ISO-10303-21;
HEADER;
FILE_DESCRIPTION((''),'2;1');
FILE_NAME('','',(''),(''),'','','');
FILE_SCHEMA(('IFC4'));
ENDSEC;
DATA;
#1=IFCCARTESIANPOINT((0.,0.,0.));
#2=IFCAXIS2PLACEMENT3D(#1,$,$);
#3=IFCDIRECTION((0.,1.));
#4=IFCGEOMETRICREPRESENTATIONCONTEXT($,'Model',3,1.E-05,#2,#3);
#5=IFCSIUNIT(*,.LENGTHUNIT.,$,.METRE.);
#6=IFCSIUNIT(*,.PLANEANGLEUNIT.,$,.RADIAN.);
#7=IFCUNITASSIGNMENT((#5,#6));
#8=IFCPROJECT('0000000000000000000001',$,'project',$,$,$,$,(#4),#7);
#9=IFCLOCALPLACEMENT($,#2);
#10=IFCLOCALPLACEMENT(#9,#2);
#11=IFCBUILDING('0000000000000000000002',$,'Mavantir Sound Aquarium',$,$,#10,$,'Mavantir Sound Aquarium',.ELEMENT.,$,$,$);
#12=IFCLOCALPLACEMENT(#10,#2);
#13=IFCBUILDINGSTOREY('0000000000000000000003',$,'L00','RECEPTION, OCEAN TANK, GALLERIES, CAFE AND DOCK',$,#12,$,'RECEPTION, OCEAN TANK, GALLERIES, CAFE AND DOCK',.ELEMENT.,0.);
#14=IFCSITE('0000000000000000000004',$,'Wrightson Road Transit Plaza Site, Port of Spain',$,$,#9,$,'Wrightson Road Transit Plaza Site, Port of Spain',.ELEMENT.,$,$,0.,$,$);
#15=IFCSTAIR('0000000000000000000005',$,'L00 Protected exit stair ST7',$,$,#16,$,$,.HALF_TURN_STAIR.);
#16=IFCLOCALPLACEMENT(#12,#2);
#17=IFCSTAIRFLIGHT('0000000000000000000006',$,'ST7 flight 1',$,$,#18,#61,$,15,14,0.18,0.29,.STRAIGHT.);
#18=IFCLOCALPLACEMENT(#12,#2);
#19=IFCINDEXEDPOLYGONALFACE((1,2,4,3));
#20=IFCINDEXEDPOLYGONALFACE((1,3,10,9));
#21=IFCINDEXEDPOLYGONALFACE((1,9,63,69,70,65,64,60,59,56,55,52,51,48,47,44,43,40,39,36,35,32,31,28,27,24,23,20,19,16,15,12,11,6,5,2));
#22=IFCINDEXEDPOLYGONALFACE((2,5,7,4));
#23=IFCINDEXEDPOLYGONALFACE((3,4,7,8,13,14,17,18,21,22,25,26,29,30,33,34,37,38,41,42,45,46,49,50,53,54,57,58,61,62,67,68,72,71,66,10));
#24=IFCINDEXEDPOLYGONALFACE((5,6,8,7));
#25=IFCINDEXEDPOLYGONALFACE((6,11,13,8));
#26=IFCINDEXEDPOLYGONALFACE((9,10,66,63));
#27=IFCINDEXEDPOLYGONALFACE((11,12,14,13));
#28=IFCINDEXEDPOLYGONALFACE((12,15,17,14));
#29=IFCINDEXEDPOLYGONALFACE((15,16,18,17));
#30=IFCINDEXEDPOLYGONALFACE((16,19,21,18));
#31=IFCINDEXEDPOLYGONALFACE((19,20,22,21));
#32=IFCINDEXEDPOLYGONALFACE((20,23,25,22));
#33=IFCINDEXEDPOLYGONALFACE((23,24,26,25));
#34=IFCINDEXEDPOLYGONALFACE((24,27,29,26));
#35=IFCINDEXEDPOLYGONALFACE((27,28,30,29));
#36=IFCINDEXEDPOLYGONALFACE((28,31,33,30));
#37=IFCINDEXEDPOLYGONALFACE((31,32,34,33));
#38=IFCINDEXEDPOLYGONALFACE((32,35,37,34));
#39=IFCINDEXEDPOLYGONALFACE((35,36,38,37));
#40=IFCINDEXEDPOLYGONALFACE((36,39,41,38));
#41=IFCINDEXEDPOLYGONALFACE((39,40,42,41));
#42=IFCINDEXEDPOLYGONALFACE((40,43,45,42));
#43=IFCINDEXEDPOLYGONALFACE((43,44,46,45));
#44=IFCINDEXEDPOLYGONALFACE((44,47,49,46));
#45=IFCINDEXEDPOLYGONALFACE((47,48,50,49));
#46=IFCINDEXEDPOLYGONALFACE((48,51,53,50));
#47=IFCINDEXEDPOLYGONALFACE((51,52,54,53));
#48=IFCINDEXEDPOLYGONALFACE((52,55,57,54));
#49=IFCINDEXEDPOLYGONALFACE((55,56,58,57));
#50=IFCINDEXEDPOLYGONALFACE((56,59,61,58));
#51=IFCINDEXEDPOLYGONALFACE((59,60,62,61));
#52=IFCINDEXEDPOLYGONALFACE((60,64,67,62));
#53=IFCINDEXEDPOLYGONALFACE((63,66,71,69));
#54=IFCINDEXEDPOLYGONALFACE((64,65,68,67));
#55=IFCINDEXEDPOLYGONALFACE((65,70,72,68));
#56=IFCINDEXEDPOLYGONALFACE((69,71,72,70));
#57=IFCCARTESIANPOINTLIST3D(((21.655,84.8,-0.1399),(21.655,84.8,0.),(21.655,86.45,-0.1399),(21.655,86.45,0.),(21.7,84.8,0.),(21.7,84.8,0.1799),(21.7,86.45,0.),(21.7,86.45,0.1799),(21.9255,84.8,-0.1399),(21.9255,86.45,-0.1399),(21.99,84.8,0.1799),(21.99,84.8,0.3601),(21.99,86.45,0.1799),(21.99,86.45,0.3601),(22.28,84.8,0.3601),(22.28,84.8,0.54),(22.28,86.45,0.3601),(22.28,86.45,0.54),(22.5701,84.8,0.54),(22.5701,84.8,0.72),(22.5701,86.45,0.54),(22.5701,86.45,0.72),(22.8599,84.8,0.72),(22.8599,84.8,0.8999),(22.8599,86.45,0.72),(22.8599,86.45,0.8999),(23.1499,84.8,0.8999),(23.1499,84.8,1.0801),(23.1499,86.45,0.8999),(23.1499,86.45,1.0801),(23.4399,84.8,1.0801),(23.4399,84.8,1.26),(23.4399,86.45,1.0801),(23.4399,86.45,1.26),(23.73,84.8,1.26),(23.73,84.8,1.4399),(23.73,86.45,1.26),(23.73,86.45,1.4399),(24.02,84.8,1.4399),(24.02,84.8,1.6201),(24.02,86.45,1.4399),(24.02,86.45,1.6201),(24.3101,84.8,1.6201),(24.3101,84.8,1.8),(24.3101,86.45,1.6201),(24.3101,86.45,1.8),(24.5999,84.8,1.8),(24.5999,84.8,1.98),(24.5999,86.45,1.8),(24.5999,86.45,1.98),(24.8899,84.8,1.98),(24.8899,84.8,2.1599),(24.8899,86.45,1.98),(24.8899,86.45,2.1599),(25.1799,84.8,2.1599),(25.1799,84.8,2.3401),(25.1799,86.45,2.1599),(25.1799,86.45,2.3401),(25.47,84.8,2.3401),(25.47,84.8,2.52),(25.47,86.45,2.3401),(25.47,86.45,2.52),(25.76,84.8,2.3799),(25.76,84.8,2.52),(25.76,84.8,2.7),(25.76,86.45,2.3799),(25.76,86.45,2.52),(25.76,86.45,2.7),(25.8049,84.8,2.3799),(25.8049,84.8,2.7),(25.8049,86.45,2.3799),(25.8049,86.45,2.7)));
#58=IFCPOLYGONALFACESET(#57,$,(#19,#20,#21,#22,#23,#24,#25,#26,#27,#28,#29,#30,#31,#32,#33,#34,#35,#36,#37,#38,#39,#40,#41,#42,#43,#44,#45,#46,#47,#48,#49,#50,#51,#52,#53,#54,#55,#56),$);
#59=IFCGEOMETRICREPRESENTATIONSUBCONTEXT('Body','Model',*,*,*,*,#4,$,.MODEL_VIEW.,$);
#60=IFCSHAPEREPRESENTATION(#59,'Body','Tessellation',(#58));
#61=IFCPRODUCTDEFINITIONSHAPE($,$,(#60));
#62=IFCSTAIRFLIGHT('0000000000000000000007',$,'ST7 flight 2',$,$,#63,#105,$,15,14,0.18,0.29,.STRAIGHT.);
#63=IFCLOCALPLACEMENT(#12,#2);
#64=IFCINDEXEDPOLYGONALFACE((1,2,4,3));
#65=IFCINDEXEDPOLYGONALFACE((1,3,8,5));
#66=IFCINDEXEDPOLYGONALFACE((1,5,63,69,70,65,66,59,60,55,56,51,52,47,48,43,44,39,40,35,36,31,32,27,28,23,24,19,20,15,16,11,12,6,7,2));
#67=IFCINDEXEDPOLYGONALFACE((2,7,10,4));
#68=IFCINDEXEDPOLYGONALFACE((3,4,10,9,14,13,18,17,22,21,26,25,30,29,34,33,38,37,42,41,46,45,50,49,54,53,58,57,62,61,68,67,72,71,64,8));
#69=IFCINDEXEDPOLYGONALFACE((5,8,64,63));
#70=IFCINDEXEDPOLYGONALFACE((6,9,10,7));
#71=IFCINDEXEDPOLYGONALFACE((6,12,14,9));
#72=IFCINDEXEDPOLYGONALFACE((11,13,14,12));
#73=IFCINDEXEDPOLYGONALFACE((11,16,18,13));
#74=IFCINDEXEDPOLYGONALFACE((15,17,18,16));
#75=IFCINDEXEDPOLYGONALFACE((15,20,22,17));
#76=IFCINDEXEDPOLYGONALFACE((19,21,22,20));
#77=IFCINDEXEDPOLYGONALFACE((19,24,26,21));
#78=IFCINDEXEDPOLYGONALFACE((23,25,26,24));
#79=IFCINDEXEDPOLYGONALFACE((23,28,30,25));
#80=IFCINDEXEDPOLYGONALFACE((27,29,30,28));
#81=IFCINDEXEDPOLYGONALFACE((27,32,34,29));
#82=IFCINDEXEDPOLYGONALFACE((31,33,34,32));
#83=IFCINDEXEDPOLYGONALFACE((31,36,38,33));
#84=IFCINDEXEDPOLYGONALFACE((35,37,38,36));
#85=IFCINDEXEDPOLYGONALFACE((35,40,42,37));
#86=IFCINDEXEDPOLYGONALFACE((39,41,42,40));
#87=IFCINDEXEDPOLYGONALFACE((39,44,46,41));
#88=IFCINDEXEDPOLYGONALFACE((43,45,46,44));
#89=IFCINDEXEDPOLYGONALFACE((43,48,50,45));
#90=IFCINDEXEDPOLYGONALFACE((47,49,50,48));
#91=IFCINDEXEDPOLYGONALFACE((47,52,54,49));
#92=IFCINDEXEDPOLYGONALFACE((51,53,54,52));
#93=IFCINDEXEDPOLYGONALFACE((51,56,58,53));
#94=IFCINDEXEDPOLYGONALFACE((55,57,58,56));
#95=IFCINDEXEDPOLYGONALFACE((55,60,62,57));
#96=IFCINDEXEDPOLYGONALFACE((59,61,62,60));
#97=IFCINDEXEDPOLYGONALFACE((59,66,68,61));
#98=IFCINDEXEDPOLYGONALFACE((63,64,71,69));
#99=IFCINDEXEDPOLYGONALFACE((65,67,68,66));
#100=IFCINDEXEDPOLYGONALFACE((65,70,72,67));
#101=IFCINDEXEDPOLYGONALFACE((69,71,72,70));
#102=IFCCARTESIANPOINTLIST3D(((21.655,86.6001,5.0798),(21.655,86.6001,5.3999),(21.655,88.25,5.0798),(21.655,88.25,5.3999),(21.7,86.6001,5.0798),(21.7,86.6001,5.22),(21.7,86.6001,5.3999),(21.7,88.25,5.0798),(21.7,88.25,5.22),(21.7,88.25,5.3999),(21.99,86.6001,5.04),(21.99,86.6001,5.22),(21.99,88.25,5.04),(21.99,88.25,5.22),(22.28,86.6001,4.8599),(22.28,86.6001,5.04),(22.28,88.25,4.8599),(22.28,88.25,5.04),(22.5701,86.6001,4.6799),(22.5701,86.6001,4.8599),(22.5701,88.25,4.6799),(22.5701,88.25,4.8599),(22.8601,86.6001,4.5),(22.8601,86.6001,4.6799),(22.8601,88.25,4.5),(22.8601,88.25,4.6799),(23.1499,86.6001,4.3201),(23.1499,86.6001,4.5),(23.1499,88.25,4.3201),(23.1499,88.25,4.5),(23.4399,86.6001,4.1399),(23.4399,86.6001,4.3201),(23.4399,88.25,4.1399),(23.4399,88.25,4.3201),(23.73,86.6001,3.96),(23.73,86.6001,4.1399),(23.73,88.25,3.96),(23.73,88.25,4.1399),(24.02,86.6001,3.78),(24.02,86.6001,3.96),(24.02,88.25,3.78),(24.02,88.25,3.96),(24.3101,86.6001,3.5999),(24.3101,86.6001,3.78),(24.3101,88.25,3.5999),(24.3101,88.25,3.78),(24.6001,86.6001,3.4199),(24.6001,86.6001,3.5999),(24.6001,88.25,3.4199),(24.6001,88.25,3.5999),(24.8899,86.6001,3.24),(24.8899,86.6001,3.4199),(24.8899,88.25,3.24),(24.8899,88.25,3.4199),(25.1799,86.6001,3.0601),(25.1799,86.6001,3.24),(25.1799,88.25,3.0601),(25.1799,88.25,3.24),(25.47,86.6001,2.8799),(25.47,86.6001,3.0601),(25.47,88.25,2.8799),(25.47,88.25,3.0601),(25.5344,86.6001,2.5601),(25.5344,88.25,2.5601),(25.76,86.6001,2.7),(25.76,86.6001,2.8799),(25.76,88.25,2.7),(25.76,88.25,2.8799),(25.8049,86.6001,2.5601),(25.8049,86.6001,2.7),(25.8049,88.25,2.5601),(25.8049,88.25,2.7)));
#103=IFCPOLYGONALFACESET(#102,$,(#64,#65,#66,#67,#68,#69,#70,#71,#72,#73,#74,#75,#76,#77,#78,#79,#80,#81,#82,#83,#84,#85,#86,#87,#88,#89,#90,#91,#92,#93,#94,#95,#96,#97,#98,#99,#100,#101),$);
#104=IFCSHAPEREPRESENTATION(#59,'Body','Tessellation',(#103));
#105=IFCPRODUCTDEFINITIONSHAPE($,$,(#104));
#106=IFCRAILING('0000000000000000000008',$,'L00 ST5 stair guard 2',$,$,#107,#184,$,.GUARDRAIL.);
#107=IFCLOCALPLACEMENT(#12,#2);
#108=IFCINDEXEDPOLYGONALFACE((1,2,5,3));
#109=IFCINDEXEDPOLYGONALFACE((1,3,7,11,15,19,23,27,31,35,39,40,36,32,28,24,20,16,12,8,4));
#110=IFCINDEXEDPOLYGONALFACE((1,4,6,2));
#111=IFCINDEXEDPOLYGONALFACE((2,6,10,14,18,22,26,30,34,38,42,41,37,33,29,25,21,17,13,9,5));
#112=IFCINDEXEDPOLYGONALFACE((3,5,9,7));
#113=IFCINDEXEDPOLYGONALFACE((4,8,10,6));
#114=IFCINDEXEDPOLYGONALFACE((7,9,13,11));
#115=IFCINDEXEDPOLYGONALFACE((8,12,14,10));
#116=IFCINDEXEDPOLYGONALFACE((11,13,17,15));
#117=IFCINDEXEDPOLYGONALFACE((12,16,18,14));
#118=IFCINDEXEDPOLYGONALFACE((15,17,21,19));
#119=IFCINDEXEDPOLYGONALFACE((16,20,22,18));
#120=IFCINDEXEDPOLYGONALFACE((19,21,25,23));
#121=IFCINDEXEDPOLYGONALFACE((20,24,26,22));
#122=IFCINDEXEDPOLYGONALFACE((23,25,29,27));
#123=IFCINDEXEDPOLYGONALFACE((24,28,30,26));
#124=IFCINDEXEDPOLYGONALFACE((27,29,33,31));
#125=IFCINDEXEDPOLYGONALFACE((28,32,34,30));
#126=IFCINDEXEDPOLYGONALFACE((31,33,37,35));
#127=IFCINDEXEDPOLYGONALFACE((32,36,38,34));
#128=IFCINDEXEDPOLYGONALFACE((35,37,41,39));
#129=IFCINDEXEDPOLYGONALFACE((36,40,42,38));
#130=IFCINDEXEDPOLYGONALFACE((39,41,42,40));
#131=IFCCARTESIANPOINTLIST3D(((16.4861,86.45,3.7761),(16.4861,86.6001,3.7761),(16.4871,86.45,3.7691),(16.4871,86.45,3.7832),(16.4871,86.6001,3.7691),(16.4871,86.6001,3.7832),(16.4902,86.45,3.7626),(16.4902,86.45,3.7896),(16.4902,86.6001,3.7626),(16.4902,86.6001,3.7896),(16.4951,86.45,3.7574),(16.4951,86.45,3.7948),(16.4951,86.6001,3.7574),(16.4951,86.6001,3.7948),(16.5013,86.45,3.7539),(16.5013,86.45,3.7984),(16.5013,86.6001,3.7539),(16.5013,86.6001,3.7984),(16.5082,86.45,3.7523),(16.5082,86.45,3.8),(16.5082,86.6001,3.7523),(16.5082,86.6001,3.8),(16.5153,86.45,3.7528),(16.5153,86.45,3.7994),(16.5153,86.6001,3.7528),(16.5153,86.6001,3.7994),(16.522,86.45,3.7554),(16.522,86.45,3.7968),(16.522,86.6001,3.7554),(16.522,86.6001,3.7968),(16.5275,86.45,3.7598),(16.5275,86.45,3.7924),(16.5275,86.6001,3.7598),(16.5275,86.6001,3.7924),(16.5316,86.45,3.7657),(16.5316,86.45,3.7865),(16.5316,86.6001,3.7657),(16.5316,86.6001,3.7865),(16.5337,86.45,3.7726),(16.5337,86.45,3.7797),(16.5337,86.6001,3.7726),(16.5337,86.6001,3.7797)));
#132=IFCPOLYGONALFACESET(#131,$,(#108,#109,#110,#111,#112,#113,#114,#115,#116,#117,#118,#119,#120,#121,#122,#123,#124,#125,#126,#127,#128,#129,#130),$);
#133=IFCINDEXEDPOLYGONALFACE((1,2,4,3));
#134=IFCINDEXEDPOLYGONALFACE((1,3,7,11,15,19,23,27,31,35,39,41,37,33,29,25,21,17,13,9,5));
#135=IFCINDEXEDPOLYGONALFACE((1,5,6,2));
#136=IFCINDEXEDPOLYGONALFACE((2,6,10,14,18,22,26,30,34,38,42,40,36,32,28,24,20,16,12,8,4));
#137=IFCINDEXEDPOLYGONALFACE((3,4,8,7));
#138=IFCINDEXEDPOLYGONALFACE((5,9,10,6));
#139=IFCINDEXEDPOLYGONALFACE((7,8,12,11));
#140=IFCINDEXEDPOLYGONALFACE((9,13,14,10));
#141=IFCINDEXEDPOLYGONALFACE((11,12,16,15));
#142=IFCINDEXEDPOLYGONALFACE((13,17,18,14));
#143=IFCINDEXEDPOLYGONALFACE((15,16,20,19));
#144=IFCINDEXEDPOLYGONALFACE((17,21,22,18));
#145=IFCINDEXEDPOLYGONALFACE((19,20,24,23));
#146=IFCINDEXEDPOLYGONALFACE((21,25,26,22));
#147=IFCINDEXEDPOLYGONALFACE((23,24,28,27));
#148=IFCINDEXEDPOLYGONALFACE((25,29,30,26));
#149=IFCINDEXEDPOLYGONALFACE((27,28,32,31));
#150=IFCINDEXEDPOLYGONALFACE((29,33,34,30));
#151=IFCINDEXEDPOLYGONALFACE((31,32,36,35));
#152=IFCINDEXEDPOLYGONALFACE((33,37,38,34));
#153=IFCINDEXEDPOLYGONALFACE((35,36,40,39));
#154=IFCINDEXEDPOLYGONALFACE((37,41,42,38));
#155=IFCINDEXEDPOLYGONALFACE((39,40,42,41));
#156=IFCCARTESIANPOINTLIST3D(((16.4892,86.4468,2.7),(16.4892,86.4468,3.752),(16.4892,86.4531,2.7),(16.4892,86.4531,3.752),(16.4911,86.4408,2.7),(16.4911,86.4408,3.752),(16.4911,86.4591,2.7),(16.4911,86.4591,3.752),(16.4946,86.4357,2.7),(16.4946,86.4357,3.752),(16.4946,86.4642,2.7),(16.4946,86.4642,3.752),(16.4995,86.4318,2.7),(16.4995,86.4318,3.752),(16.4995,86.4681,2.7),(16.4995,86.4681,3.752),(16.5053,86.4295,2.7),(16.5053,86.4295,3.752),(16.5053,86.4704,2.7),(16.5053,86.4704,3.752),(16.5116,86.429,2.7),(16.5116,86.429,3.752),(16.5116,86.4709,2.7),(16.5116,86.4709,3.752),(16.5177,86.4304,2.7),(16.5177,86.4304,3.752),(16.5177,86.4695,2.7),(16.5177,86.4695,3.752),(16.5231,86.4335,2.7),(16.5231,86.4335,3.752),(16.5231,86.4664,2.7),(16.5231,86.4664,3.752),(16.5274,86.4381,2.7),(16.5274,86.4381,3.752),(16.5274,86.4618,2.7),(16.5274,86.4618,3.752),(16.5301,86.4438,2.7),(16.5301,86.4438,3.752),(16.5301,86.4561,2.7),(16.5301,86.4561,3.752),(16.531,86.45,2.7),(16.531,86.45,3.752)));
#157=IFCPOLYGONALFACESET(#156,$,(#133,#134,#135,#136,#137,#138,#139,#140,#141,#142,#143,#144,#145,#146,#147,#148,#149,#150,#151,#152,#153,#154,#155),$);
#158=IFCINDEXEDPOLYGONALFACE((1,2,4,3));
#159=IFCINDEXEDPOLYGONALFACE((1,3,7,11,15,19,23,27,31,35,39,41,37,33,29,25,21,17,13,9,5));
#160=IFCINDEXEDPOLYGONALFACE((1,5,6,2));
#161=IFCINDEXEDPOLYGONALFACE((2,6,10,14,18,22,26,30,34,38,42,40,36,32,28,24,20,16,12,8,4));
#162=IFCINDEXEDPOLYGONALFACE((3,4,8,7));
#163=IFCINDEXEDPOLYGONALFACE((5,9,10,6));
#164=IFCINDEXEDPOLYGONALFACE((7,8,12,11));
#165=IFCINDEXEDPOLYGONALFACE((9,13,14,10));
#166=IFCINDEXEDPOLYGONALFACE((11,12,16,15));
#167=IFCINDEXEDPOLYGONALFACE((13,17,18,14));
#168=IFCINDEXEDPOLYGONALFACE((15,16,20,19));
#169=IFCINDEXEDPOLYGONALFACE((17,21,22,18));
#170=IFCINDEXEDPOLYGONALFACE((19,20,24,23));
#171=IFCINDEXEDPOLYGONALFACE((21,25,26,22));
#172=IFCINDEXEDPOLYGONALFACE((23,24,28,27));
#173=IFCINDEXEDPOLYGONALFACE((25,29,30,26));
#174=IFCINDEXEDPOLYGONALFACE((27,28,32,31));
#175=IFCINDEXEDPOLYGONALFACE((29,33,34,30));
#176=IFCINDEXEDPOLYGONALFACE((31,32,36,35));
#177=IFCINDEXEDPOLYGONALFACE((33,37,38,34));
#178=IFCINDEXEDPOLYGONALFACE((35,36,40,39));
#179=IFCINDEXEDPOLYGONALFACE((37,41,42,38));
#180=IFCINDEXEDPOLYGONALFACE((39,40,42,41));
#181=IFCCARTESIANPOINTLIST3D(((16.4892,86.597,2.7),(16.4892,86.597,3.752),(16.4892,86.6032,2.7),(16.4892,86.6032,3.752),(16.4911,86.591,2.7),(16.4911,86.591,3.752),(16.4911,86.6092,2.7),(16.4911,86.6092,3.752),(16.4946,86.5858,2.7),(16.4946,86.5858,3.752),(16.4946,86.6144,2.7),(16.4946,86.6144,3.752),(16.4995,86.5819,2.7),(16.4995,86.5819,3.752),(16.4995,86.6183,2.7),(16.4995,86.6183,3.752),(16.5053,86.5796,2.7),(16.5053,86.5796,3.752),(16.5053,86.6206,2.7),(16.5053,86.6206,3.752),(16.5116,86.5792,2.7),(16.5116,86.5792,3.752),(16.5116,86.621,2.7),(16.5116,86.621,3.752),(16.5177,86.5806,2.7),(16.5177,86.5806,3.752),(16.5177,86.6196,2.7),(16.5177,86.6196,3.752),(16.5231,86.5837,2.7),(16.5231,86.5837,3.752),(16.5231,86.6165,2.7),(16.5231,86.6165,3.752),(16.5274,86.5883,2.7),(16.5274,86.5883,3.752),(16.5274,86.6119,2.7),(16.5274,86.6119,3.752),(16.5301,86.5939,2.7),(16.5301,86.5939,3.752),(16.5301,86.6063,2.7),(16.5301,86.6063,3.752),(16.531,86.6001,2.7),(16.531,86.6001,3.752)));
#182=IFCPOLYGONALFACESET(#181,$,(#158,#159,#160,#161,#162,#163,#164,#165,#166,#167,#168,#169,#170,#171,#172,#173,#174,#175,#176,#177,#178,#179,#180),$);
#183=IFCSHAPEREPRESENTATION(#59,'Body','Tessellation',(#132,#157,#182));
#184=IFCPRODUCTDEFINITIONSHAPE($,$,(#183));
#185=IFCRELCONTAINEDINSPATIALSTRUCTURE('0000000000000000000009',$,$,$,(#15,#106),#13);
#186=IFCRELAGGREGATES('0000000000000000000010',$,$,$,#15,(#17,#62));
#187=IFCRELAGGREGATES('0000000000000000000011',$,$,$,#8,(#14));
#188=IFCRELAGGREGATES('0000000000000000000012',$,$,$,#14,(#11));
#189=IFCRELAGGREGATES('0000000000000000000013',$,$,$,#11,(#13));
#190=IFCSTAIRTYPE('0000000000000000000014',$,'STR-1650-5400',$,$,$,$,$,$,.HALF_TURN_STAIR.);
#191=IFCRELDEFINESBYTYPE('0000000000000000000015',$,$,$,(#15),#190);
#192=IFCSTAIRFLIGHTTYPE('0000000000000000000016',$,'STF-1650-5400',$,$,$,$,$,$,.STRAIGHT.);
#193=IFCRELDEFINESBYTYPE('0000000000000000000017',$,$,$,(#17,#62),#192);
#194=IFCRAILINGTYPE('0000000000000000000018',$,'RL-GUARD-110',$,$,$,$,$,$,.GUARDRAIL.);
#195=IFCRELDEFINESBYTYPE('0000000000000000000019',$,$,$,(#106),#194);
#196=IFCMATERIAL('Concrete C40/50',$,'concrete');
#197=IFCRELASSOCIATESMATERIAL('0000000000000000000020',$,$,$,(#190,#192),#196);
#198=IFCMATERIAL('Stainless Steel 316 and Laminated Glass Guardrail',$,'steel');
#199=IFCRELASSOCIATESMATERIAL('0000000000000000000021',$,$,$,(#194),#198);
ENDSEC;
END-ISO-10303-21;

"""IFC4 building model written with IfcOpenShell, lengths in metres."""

from ifc_helpers import new_model, si_unit, direction, frame, origin, origin_2d, place, context, subcontext, project, spatial, polyline, circle, outline, extrude, material, type_object, element, aggregate, save


model = new_model("IFC4")

# Units and contexts
model_context = context("Model", 3, precision=1e-05, world=origin(), true_north=direction((0.0, 1.0)))
body_context = subcontext(model_context, "Body", "Model", "MODEL_VIEW")
ifc_project = project(units=[si_unit("LENGTHUNIT", "METRE"), si_unit("PLANEANGLEUNIT", "RADIAN")], contexts=[model_context])

# Site, building, storey
site_placement = place(None, origin())
site = spatial("IfcSite", under=ifc_project, at=site_placement, Name="Wrightson Road Transit Plaza Site, Port of Spain", LongName="Wrightson Road Transit Plaza Site, Port of Spain", CompositionType="ELEMENT", RefElevation=0.0)
building_placement = place(site_placement, origin())
building = spatial("IfcBuilding", under=site, at=building_placement, Name="Mavantir Sound Aquarium", LongName="Mavantir Sound Aquarium", CompositionType="ELEMENT")
storey_placement = place(building_placement, origin())
storey = spatial("IfcBuildingStorey", under=building, at=storey_placement, Name="L00", Description="RECEPTION, OCEAN TANK, GALLERIES, CAFE AND DOCK", LongName="RECEPTION, OCEAN TANK, GALLERIES, CAFE AND DOCK", CompositionType="ELEMENT", Elevation=0.0)

# Shared definitions
ifc_material_1 = material(Name="Concrete C40/50", Category="concrete")

# Shared definitions
stair_type = type_object("IfcStairType", Name="STR-1650-5400", PredefinedType="HALF_TURN_STAIR", material=ifc_material_1)
stair_flight_type = type_object("IfcStairFlightType", Name="STF-1650-5400", PredefinedType="STRAIGHT", material=ifc_material_1)

# Stair, stair flights
stair_1_placement = place(storey_placement, origin())
stair_1 = element("IfcStair", 1, at=stair_1_placement, inside=storey, type_object=stair_type, Name="L00 Protected exit stair ST7", PredefinedType="HALF_TURN_STAIR")
stair_flight_1_placement = place(storey_placement, frame((21.7, 85.625, 0.0), z_axis=(0.0, 0.0, 1.0), x_axis=(1.0, 0.0, 0.0)))
stair_flight_1 = element("IfcStairFlight", 2, at=stair_flight_1_placement, type_object=stair_flight_type, Name="ST7 flight 1", NumberOfRisers=15, NumberOfTreads=14, PredefinedType="STRAIGHT", RiserHeight=0.18, TreadLength=0.29, context=body_context, shape_type="SweptSolid", body=[
    extrude(outline(polyline([(-0.0449, -0.1399), (-0.0449, 0.0), (0.0, 0.0), (0.0, 0.1799), (0.29, 0.1799), (0.29, 0.3601), (0.5801, 0.3601), (0.5801, 0.54), (0.8701, 0.54), (0.8701, 0.72), (1.1599, 0.72), (1.1599, 0.8999), (1.45, 0.8999), (1.45, 1.0801), (1.74, 1.0801), (1.74, 1.26), (2.03, 1.26), (2.03, 1.4399), (2.3201, 1.4399), (2.3201, 1.6201), (2.6101, 1.6201), (2.6101, 1.8), (2.8999, 1.8), (2.8999, 1.98), (3.1899, 1.98), (3.1899, 2.1599), (3.48, 2.1599), (3.48, 2.3401), (3.77, 2.3401), (3.77, 2.52), (4.0601, 2.52), (4.0601, 2.7), (4.105, 2.7), (4.105, 2.3799), (4.0601, 2.3799), (0.2256, -0.1399), (-0.0449, -0.1399)])), frame((0.0, 0.825, 0.0), z_axis=(0.0, -1.0, 0.0), x_axis=(1.0, 0.0, 0.0)), (0.0, 0.0, 1.0), 1.6499),
])
stair_flight_2_placement = place(storey_placement, frame((25.76, 87.425, 2.7), z_axis=(0.0, 0.0, 1.0), x_axis=(-1.0, 0.0, 0.0)))
stair_flight_2 = element("IfcStairFlight", 3, at=stair_flight_2_placement, type_object=stair_flight_type, Name="ST7 flight 2", NumberOfRisers=15, NumberOfTreads=14, PredefinedType="STRAIGHT", RiserHeight=0.18, TreadLength=0.29, context=body_context, shape_type="SweptSolid", body=[
    extrude(outline(polyline([(-0.0449, -0.1399), (-0.0449, 0.0), (0.0, 0.0), (0.0, 0.1799), (0.29, 0.1799), (0.29, 0.3601), (0.5801, 0.3601), (0.5801, 0.54), (0.8701, 0.54), (0.8701, 0.72), (1.1599, 0.72), (1.1599, 0.8999), (1.45, 0.8999), (1.45, 1.0801), (1.74, 1.0801), (1.74, 1.26), (2.03, 1.26), (2.03, 1.4399), (2.3201, 1.4399), (2.3201, 1.6201), (2.6101, 1.6201), (2.6101, 1.8), (2.8999, 1.8), (2.8999, 1.98), (3.1899, 1.98), (3.1899, 2.1599), (3.48, 2.1599), (3.48, 2.3401), (3.77, 2.3401), (3.77, 2.52), (4.0601, 2.52), (4.0601, 2.7), (4.105, 2.7), (4.105, 2.3799), (4.0601, 2.3799), (0.2256, -0.1399), (-0.0449, -0.1399)])), frame((0.0, 0.825, 0.0), z_axis=(0.0, -1.0, 0.0), x_axis=(1.0, 0.0, 0.0)), (0.0, 0.0, 1.0), 1.6499),
])
aggregate(stair_1, [stair_flight_1, stair_flight_2])

# Railing
ifc_material_2 = material(Name="Stainless Steel 316 and Laminated Glass Guardrail", Category="steel")
railing_type_1 = type_object("IfcRailingType", Name="RL-GUARD-110", PredefinedType="GUARDRAIL", material=ifc_material_2)
railing_1_placement = place(storey_placement, frame((16.51, 86.45, 2.7)))
element("IfcRailing", 4, at=railing_1_placement, inside=storey, type_object=railing_type_1, Name="L00 ST5 stair guard 2", PredefinedType="GUARDRAIL", context=body_context, shape_type="SweptSolid", body=[
    extrude(circle(Radius=0.0239, at=origin_2d()), frame((0.0, 0.0, 1.0762), z_axis=(0.0, 1.0, 0.0), x_axis=(-1.0, 0.0, 0.0)), (0.0, 0.0, 1.0), 0.1501),
    extrude(circle(Radius=0.021, at=origin_2d()), origin(), (0.0, 0.0, 1.0), 1.052),
    extrude(circle(Radius=0.021, at=origin_2d()), frame((0.0, 0.1501, 0.0)), (0.0, 0.0, 1.0), 1.052),
])

save(model, "model.ifc")
